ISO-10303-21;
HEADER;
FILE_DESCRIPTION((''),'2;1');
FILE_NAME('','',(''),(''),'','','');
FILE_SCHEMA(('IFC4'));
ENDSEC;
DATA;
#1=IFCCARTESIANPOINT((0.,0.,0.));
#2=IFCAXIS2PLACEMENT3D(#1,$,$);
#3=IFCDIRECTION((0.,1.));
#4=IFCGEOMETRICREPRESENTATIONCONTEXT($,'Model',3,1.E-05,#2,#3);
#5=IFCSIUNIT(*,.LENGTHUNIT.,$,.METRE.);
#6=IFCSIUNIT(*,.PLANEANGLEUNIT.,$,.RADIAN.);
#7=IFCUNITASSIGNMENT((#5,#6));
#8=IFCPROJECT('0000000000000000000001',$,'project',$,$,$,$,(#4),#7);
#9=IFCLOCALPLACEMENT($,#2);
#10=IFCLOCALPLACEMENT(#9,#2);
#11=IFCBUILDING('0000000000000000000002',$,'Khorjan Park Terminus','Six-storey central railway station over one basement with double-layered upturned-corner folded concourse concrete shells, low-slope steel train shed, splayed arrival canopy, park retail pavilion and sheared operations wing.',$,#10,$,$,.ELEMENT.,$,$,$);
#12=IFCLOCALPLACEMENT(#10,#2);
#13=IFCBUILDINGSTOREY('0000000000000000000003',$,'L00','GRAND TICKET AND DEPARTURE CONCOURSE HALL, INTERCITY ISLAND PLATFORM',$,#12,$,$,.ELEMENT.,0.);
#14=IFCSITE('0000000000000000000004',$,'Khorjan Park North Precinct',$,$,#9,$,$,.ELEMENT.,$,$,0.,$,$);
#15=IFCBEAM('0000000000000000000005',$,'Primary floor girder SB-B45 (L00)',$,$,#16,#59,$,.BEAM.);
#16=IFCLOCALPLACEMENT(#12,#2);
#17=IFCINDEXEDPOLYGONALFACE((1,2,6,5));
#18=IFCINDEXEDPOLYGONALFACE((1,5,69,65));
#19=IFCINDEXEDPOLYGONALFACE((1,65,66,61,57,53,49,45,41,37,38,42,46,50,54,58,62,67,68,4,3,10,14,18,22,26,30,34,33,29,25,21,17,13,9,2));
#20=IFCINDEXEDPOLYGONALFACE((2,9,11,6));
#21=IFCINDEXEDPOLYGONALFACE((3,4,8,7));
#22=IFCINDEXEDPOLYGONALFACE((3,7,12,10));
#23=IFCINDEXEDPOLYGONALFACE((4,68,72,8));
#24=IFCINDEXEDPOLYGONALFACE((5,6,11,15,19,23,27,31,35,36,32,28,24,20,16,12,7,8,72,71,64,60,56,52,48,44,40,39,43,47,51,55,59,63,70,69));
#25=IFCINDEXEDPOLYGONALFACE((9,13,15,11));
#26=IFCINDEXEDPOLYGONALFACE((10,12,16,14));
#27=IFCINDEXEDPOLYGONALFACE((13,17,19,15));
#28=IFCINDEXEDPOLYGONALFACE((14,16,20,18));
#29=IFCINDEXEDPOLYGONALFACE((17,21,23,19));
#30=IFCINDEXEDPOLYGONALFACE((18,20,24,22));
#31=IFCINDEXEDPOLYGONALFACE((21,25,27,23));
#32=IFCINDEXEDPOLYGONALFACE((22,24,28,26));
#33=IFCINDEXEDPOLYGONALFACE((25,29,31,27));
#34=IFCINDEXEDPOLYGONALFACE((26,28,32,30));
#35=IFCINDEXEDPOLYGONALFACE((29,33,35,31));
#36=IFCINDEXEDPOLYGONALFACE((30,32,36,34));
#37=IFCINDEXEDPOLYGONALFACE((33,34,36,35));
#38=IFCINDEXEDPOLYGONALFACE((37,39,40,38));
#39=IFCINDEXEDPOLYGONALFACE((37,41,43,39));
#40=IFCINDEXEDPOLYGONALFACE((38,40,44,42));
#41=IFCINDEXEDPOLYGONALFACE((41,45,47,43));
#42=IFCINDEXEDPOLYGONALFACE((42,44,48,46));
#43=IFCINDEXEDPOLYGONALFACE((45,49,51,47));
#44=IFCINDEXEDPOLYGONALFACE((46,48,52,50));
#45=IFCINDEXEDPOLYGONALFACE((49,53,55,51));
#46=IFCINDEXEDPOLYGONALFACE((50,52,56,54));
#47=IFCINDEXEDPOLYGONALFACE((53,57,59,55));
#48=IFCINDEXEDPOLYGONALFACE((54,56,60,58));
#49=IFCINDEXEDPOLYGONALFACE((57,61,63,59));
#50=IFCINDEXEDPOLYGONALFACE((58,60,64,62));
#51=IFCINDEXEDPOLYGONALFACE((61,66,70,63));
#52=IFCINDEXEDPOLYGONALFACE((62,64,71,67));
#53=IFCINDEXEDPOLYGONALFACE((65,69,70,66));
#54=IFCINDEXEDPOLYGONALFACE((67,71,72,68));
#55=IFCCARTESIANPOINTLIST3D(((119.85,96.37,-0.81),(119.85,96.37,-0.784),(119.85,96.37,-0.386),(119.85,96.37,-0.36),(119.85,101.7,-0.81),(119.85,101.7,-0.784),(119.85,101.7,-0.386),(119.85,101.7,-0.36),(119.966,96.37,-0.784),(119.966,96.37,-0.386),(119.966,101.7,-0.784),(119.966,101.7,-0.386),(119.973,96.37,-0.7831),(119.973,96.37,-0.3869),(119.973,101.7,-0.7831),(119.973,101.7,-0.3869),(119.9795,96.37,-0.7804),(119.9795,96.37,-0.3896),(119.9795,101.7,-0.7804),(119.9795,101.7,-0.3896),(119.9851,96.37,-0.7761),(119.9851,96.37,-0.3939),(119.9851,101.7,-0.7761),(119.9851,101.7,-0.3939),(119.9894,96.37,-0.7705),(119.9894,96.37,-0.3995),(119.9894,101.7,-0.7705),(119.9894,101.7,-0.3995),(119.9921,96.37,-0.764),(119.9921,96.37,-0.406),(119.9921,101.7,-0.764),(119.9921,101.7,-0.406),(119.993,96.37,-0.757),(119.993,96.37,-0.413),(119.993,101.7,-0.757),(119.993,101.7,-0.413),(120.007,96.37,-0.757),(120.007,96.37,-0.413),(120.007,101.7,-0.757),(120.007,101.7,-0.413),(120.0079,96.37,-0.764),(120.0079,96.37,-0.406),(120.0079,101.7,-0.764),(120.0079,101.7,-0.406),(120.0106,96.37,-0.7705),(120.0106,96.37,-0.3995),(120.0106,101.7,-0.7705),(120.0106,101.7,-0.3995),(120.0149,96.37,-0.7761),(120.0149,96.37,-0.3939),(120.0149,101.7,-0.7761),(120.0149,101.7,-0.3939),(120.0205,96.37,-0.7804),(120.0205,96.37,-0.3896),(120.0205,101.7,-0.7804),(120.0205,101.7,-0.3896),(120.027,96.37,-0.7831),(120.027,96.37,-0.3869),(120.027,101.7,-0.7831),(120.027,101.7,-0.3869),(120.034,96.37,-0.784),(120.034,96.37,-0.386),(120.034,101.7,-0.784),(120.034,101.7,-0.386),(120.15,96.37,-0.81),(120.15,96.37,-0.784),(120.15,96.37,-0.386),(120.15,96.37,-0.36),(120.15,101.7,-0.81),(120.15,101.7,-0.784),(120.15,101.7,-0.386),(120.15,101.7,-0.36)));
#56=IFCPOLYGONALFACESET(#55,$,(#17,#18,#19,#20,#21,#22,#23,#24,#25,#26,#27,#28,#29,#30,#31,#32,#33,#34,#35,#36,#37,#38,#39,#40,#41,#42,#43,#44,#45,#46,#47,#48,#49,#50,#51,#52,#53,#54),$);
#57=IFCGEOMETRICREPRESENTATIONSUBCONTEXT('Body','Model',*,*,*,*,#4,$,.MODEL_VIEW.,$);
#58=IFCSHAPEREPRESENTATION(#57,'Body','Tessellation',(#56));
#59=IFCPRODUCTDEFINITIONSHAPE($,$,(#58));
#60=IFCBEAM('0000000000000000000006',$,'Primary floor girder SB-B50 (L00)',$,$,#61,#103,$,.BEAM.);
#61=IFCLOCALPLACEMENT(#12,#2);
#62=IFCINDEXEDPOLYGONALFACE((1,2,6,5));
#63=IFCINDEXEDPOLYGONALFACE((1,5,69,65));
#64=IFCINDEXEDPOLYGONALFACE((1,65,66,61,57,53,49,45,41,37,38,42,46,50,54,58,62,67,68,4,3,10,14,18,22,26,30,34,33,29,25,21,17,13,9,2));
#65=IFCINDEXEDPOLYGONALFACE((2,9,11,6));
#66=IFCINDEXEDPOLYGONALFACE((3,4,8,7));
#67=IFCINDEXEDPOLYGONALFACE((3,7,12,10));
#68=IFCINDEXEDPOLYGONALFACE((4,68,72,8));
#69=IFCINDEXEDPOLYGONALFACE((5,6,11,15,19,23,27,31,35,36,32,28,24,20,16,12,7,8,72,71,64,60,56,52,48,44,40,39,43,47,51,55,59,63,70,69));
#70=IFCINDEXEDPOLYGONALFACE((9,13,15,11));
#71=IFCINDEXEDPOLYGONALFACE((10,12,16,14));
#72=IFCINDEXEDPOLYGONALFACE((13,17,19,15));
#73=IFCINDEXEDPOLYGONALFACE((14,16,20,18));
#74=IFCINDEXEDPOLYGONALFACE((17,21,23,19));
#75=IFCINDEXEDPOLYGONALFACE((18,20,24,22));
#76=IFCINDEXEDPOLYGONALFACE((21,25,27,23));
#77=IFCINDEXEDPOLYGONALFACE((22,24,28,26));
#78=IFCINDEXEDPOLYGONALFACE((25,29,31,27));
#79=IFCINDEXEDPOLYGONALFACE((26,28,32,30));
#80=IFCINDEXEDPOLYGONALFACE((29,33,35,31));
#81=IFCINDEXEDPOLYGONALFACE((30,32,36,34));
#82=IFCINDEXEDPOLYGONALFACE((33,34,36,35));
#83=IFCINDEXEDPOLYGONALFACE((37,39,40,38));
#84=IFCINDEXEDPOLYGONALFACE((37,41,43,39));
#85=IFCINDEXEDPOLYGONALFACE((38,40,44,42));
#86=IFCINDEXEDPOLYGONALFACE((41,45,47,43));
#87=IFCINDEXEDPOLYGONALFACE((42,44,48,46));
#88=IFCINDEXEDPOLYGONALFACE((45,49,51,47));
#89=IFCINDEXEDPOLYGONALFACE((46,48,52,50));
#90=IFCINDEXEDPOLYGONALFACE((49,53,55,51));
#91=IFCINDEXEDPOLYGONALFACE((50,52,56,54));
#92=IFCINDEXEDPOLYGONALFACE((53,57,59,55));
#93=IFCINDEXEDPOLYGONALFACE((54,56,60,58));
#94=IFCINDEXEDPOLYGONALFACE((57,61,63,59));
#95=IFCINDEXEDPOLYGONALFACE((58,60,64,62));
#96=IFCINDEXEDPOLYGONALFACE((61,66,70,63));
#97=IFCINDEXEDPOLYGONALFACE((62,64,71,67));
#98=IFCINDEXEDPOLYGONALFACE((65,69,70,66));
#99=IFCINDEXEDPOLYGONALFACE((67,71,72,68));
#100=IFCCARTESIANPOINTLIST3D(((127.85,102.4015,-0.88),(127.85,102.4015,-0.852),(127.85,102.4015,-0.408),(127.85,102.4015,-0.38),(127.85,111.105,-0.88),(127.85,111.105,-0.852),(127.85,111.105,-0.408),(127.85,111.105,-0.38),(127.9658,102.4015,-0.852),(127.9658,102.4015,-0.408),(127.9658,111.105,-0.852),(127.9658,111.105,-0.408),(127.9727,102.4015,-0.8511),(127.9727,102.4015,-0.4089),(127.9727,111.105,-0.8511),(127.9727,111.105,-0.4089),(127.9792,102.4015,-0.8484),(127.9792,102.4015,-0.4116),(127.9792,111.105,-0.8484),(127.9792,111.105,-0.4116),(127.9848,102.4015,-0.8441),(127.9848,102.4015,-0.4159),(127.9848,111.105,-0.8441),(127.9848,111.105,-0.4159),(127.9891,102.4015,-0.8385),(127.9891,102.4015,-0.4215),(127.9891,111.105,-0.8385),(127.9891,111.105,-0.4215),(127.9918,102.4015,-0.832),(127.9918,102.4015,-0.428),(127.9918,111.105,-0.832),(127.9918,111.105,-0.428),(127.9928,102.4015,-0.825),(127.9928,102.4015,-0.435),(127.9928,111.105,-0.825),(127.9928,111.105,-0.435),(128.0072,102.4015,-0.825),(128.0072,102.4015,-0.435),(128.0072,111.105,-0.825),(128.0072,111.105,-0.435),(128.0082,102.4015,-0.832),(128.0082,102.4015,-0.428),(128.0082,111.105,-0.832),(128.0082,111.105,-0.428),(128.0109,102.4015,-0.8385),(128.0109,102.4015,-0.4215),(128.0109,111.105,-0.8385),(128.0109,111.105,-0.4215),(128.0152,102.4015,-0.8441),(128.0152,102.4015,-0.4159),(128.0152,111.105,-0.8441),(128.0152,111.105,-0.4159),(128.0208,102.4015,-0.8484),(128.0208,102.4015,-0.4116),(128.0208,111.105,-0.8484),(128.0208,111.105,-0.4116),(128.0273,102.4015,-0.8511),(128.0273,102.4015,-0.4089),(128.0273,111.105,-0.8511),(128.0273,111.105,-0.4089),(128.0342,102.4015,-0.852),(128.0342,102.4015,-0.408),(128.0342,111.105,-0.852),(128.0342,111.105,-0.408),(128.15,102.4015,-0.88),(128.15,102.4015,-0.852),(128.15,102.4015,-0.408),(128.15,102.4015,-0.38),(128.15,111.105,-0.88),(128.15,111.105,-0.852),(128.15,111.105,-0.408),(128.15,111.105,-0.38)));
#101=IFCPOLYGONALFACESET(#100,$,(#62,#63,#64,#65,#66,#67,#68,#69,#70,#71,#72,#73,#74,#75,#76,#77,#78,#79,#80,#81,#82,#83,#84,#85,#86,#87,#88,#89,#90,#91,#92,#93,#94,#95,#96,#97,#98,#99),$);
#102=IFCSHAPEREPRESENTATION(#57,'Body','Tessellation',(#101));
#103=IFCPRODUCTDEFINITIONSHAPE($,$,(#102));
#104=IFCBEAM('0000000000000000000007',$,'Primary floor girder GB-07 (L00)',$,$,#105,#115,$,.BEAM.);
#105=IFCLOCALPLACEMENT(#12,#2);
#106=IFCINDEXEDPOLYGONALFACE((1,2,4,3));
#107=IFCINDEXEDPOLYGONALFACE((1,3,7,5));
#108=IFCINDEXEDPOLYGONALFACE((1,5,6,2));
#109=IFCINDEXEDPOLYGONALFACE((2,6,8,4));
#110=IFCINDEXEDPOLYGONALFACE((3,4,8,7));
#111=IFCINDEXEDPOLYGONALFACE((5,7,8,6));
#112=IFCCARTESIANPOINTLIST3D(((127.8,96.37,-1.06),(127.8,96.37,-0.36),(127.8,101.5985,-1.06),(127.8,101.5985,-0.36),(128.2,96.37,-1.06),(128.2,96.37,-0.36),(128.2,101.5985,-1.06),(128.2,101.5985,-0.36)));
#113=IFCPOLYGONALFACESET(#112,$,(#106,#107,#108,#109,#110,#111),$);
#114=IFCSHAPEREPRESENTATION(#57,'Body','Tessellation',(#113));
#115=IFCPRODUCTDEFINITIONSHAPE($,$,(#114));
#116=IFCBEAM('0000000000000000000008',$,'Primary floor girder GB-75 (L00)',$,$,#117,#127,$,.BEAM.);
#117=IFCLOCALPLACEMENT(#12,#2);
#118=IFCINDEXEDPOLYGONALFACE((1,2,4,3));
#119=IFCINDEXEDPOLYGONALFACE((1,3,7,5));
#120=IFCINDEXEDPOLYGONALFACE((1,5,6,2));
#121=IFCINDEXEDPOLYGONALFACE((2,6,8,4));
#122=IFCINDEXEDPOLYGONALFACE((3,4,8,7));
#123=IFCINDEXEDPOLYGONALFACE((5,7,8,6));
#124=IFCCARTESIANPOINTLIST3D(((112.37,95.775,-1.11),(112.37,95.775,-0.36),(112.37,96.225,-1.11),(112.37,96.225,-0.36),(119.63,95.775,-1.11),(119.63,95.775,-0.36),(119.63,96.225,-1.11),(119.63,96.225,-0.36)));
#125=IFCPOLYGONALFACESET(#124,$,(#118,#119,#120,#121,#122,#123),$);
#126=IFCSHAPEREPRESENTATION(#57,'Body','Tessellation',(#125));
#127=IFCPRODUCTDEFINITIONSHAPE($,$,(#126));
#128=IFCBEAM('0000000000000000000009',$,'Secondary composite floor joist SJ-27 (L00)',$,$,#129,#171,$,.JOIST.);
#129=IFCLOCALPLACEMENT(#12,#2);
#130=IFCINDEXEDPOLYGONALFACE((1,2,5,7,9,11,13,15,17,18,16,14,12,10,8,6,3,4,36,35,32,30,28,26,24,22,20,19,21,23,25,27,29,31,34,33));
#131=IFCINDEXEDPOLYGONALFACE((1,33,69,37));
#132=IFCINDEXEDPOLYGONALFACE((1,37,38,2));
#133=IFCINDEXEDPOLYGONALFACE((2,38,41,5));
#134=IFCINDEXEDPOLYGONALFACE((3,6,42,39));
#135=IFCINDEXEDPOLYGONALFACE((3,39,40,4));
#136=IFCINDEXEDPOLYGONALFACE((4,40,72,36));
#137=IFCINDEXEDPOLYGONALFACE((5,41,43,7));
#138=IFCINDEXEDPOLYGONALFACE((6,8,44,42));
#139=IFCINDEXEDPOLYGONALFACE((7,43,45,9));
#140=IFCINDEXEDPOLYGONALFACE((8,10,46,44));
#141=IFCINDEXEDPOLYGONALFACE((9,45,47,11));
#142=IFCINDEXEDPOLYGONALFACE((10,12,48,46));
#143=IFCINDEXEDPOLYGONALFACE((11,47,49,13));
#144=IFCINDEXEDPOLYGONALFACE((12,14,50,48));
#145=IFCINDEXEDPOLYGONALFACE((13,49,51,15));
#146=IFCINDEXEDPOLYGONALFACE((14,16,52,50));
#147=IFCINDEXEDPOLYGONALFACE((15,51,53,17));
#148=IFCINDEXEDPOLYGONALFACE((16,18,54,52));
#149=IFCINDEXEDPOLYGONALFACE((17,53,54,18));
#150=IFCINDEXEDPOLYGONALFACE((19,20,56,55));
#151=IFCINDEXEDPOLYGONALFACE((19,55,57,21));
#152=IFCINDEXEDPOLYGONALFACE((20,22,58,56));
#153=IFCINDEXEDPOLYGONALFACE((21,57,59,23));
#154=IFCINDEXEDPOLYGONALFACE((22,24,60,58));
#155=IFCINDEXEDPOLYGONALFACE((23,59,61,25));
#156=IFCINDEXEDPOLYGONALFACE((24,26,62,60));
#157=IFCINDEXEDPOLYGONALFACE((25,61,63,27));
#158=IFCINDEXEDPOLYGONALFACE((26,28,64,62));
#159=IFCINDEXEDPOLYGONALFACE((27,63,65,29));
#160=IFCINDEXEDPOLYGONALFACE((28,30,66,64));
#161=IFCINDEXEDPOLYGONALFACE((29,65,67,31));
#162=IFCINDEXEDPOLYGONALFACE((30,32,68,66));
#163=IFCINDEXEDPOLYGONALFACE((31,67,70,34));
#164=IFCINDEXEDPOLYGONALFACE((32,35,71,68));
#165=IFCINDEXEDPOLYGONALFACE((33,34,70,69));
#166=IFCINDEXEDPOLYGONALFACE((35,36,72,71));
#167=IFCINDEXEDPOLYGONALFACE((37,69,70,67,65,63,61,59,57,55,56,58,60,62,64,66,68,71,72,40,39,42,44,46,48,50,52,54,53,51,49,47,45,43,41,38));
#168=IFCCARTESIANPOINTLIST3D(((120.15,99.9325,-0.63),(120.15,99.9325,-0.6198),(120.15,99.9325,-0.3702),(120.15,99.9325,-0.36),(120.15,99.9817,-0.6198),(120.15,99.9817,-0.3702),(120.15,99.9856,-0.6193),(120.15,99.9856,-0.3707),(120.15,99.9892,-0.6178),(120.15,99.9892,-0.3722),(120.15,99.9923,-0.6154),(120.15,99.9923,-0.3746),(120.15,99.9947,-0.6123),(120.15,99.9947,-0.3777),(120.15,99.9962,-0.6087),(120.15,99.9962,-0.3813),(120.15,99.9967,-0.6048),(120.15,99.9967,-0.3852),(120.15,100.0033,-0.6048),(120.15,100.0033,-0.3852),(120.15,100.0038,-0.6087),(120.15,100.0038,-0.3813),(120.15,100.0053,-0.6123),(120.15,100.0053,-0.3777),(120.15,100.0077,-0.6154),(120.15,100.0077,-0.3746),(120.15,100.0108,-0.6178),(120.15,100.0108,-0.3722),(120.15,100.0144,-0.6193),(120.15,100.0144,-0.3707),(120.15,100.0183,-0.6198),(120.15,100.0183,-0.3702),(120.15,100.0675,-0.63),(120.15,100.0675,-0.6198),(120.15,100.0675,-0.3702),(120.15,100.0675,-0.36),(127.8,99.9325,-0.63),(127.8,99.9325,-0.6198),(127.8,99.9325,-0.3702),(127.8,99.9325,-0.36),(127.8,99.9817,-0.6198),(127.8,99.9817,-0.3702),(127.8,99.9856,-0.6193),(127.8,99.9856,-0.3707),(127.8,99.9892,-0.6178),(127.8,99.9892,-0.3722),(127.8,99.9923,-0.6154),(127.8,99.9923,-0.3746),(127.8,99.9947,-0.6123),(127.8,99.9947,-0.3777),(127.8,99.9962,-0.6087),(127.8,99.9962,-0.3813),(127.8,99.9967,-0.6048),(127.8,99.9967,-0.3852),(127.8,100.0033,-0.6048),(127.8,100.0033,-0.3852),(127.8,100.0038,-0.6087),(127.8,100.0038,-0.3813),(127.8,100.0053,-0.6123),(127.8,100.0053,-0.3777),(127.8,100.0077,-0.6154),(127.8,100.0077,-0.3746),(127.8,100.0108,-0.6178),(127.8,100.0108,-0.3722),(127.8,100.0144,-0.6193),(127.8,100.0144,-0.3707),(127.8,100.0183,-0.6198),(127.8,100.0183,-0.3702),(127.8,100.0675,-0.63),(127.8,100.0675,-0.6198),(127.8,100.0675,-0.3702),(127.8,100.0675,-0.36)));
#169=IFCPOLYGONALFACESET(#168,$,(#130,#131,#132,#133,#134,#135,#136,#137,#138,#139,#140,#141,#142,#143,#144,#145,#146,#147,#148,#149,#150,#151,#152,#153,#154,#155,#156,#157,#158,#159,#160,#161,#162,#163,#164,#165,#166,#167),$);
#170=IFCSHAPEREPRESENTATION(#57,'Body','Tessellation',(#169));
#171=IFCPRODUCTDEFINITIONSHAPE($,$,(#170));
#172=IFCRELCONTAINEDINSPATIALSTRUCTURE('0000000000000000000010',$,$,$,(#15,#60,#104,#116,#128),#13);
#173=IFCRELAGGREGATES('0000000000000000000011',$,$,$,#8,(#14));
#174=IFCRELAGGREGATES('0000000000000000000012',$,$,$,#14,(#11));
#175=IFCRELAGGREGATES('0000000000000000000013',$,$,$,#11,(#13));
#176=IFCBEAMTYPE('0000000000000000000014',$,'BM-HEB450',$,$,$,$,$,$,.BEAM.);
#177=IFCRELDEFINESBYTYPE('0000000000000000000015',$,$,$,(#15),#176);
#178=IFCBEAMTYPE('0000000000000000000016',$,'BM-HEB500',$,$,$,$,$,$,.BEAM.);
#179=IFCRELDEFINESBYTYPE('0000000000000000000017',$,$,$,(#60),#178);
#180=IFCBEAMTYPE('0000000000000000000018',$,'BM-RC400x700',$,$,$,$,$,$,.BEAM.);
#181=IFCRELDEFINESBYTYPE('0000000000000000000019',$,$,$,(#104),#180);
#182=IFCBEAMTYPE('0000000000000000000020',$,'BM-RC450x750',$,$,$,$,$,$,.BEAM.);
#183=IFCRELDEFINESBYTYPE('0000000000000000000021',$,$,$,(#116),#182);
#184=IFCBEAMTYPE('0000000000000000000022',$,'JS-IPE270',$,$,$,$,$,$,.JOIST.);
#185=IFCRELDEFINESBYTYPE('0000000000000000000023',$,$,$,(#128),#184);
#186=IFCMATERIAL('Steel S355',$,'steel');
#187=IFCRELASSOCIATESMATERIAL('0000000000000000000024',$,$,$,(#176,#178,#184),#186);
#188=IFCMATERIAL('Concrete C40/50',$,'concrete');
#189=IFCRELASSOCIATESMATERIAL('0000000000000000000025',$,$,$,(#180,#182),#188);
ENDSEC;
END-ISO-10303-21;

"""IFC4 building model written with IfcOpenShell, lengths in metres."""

from ifc_helpers import new_model, si_unit, direction, frame, origin, origin_2d, place, context, subcontext, project, spatial, rectangle, i_section, extrude, material, material_profile, profile_set, type_object, element, save


model = new_model("IFC4")

# Units and contexts
model_context = context("Model", 3, precision=1e-05, world=origin(), true_north=direction((0.0, 1.0)))
body_context = subcontext(model_context, "Body", "Model", "MODEL_VIEW")
ifc_project = project(units=[si_unit("LENGTHUNIT", "METRE"), si_unit("PLANEANGLEUNIT", "RADIAN")], contexts=[model_context])

# Site, building, storey
site_placement = place(None, origin())
site = spatial("IfcSite", under=ifc_project, at=site_placement, Name="Khorjan Park North Precinct", CompositionType="ELEMENT", RefElevation=0.0)
building_placement = place(site_placement, origin())
building = spatial("IfcBuilding", under=site, at=building_placement, Name="Khorjan Park Terminus", Description="Six-storey central railway station over one basement with double-layered upturned-corner folded concourse concrete shells, low-slope steel train shed, splayed arrival canopy, park retail pavilion and sheared operations wing.", CompositionType="ELEMENT")
storey_placement = place(building_placement, origin())
storey = spatial("IfcBuildingStorey", under=building, at=storey_placement, Name="L00", Description="GRAND TICKET AND DEPARTURE CONCOURSE HALL, INTERCITY ISLAND PLATFORM", CompositionType="ELEMENT", Elevation=0.0)

# Shared definitions
ifc_material_1 = material(Name="Steel S355", Category="steel")
ifc_material_2 = material(Name="Concrete C40/50", Category="concrete")

# Beams
ifc_material_profile_1 = material_profile(ifc_material_1, i_section(OverallWidth=0.3, OverallDepth=0.45, WebThickness=0.014, FlangeThickness=0.026, FilletRadius=0.027, at=origin_2d()), Name="HEB 450")
ifc_profile_set_1 = profile_set([ifc_material_profile_1], Name="Steel S355")
beam_type_1 = type_object("IfcBeamType", Name="BM-HEB450", PredefinedType="BEAM", material=ifc_profile_set_1)
beam_1_placement = place(storey_placement, frame((120.0, 96.37, -0.585), z_axis=(0.0, 1.0, 0.0), x_axis=(-1.0, 0.0, 0.0)))
element("IfcBeam", 1, at=beam_1_placement, inside=storey, type_object=beam_type_1, Name="Primary floor girder SB-B45 (L00)", PredefinedType="BEAM", context=body_context, shape_type="SweptSolid", body=[
    extrude(i_section(OverallWidth=0.3, OverallDepth=0.45, WebThickness=0.014, FlangeThickness=0.026, FilletRadius=0.027, at=origin_2d()), origin(), (0.0, 0.0, 1.0), 5.33),
])
ifc_material_profile_2 = material_profile(ifc_material_1, i_section(OverallWidth=0.3, OverallDepth=0.5, WebThickness=0.0145, FlangeThickness=0.028, FilletRadius=0.027, at=origin_2d()), Name="HEB 500")
ifc_profile_set_2 = profile_set([ifc_material_profile_2], Name="Steel S355")
beam_type_2 = type_object("IfcBeamType", Name="BM-HEB500", PredefinedType="BEAM", material=ifc_profile_set_2)
beam_2_placement = place(storey_placement, frame((128.0, 102.4015, -0.63), z_axis=(0.0, 1.0, 0.0), x_axis=(-1.0, 0.0, 0.0)))
element("IfcBeam", 2, at=beam_2_placement, inside=storey, type_object=beam_type_2, Name="Primary floor girder SB-B50 (L00)", PredefinedType="BEAM", context=body_context, shape_type="SweptSolid", body=[
    extrude(i_section(OverallWidth=0.3, OverallDepth=0.5, WebThickness=0.0145, FlangeThickness=0.028, FilletRadius=0.027, at=origin_2d()), origin(), (0.0, 0.0, 1.0), 8.7035),
])
ifc_material_profile_3 = material_profile(ifc_material_2, rectangle(XDim=0.4, YDim=0.7, at=origin_2d()), Name="RC 400x700")
ifc_profile_set_3 = profile_set([ifc_material_profile_3], Name="Concrete C40/50")
beam_type_3 = type_object("IfcBeamType", Name="BM-RC400x700", PredefinedType="BEAM", material=ifc_profile_set_3)
beam_3_placement = place(storey_placement, frame((128.0, 96.37, -0.71), z_axis=(0.0, 1.0, 0.0), x_axis=(-1.0, 0.0, 0.0)))
element("IfcBeam", 3, at=beam_3_placement, inside=storey, type_object=beam_type_3, Name="Primary floor girder GB-07 (L00)", PredefinedType="BEAM", context=body_context, shape_type="SweptSolid", body=[
    extrude(rectangle(XDim=0.4, YDim=0.7, at=origin_2d()), origin(), (0.0, 0.0, 1.0), 5.2285),
])
ifc_material_profile_4 = material_profile(ifc_material_2, rectangle(XDim=0.45, YDim=0.75, at=origin_2d()), Name="RC 450x750")
ifc_profile_set_4 = profile_set([ifc_material_profile_4], Name="Concrete C40/50")
beam_type_4 = type_object("IfcBeamType", Name="BM-RC450x750", PredefinedType="BEAM", material=ifc_profile_set_4)
beam_4_placement = place(storey_placement, frame((112.37, 96.0, -0.735), z_axis=(1.0, 0.0, 0.0), x_axis=(0.0, 1.0, 0.0)))
element("IfcBeam", 4, at=beam_4_placement, inside=storey, type_object=beam_type_4, Name="Primary floor girder GB-75 (L00)", PredefinedType="BEAM", context=body_context, shape_type="SweptSolid", body=[
    extrude(rectangle(XDim=0.45, YDim=0.75, at=origin_2d()), origin(), (0.0, 0.0, 1.0), 7.26),
])
ifc_material_profile_5 = material_profile(ifc_material_1, i_section(OverallWidth=0.135, OverallDepth=0.27, WebThickness=0.0066, FlangeThickness=0.0102, FilletRadius=0.015, at=origin_2d()), Name="IPE 270")
ifc_profile_set_5 = profile_set([ifc_material_profile_5], Name="Steel S355")
beam_type_5 = type_object("IfcBeamType", Name="JS-IPE270", PredefinedType="JOIST", material=ifc_profile_set_5)
beam_5_placement = place(storey_placement, frame((120.15, 100.0, -0.495), z_axis=(1.0, 0.0, 0.0), x_axis=(0.0, 1.0, 0.0)))
element("IfcBeam", 5, at=beam_5_placement, inside=storey, type_object=beam_type_5, Name="Secondary composite floor joist SJ-27 (L00)", PredefinedType="JOIST", context=body_context, shape_type="SweptSolid", body=[
    extrude(i_section(OverallWidth=0.135, OverallDepth=0.27, WebThickness=0.0066, FlangeThickness=0.0102, FilletRadius=0.015, at=origin_2d()), origin(), (0.0, 0.0, 1.0), 7.65),
])

save(model, "model.ifc")
